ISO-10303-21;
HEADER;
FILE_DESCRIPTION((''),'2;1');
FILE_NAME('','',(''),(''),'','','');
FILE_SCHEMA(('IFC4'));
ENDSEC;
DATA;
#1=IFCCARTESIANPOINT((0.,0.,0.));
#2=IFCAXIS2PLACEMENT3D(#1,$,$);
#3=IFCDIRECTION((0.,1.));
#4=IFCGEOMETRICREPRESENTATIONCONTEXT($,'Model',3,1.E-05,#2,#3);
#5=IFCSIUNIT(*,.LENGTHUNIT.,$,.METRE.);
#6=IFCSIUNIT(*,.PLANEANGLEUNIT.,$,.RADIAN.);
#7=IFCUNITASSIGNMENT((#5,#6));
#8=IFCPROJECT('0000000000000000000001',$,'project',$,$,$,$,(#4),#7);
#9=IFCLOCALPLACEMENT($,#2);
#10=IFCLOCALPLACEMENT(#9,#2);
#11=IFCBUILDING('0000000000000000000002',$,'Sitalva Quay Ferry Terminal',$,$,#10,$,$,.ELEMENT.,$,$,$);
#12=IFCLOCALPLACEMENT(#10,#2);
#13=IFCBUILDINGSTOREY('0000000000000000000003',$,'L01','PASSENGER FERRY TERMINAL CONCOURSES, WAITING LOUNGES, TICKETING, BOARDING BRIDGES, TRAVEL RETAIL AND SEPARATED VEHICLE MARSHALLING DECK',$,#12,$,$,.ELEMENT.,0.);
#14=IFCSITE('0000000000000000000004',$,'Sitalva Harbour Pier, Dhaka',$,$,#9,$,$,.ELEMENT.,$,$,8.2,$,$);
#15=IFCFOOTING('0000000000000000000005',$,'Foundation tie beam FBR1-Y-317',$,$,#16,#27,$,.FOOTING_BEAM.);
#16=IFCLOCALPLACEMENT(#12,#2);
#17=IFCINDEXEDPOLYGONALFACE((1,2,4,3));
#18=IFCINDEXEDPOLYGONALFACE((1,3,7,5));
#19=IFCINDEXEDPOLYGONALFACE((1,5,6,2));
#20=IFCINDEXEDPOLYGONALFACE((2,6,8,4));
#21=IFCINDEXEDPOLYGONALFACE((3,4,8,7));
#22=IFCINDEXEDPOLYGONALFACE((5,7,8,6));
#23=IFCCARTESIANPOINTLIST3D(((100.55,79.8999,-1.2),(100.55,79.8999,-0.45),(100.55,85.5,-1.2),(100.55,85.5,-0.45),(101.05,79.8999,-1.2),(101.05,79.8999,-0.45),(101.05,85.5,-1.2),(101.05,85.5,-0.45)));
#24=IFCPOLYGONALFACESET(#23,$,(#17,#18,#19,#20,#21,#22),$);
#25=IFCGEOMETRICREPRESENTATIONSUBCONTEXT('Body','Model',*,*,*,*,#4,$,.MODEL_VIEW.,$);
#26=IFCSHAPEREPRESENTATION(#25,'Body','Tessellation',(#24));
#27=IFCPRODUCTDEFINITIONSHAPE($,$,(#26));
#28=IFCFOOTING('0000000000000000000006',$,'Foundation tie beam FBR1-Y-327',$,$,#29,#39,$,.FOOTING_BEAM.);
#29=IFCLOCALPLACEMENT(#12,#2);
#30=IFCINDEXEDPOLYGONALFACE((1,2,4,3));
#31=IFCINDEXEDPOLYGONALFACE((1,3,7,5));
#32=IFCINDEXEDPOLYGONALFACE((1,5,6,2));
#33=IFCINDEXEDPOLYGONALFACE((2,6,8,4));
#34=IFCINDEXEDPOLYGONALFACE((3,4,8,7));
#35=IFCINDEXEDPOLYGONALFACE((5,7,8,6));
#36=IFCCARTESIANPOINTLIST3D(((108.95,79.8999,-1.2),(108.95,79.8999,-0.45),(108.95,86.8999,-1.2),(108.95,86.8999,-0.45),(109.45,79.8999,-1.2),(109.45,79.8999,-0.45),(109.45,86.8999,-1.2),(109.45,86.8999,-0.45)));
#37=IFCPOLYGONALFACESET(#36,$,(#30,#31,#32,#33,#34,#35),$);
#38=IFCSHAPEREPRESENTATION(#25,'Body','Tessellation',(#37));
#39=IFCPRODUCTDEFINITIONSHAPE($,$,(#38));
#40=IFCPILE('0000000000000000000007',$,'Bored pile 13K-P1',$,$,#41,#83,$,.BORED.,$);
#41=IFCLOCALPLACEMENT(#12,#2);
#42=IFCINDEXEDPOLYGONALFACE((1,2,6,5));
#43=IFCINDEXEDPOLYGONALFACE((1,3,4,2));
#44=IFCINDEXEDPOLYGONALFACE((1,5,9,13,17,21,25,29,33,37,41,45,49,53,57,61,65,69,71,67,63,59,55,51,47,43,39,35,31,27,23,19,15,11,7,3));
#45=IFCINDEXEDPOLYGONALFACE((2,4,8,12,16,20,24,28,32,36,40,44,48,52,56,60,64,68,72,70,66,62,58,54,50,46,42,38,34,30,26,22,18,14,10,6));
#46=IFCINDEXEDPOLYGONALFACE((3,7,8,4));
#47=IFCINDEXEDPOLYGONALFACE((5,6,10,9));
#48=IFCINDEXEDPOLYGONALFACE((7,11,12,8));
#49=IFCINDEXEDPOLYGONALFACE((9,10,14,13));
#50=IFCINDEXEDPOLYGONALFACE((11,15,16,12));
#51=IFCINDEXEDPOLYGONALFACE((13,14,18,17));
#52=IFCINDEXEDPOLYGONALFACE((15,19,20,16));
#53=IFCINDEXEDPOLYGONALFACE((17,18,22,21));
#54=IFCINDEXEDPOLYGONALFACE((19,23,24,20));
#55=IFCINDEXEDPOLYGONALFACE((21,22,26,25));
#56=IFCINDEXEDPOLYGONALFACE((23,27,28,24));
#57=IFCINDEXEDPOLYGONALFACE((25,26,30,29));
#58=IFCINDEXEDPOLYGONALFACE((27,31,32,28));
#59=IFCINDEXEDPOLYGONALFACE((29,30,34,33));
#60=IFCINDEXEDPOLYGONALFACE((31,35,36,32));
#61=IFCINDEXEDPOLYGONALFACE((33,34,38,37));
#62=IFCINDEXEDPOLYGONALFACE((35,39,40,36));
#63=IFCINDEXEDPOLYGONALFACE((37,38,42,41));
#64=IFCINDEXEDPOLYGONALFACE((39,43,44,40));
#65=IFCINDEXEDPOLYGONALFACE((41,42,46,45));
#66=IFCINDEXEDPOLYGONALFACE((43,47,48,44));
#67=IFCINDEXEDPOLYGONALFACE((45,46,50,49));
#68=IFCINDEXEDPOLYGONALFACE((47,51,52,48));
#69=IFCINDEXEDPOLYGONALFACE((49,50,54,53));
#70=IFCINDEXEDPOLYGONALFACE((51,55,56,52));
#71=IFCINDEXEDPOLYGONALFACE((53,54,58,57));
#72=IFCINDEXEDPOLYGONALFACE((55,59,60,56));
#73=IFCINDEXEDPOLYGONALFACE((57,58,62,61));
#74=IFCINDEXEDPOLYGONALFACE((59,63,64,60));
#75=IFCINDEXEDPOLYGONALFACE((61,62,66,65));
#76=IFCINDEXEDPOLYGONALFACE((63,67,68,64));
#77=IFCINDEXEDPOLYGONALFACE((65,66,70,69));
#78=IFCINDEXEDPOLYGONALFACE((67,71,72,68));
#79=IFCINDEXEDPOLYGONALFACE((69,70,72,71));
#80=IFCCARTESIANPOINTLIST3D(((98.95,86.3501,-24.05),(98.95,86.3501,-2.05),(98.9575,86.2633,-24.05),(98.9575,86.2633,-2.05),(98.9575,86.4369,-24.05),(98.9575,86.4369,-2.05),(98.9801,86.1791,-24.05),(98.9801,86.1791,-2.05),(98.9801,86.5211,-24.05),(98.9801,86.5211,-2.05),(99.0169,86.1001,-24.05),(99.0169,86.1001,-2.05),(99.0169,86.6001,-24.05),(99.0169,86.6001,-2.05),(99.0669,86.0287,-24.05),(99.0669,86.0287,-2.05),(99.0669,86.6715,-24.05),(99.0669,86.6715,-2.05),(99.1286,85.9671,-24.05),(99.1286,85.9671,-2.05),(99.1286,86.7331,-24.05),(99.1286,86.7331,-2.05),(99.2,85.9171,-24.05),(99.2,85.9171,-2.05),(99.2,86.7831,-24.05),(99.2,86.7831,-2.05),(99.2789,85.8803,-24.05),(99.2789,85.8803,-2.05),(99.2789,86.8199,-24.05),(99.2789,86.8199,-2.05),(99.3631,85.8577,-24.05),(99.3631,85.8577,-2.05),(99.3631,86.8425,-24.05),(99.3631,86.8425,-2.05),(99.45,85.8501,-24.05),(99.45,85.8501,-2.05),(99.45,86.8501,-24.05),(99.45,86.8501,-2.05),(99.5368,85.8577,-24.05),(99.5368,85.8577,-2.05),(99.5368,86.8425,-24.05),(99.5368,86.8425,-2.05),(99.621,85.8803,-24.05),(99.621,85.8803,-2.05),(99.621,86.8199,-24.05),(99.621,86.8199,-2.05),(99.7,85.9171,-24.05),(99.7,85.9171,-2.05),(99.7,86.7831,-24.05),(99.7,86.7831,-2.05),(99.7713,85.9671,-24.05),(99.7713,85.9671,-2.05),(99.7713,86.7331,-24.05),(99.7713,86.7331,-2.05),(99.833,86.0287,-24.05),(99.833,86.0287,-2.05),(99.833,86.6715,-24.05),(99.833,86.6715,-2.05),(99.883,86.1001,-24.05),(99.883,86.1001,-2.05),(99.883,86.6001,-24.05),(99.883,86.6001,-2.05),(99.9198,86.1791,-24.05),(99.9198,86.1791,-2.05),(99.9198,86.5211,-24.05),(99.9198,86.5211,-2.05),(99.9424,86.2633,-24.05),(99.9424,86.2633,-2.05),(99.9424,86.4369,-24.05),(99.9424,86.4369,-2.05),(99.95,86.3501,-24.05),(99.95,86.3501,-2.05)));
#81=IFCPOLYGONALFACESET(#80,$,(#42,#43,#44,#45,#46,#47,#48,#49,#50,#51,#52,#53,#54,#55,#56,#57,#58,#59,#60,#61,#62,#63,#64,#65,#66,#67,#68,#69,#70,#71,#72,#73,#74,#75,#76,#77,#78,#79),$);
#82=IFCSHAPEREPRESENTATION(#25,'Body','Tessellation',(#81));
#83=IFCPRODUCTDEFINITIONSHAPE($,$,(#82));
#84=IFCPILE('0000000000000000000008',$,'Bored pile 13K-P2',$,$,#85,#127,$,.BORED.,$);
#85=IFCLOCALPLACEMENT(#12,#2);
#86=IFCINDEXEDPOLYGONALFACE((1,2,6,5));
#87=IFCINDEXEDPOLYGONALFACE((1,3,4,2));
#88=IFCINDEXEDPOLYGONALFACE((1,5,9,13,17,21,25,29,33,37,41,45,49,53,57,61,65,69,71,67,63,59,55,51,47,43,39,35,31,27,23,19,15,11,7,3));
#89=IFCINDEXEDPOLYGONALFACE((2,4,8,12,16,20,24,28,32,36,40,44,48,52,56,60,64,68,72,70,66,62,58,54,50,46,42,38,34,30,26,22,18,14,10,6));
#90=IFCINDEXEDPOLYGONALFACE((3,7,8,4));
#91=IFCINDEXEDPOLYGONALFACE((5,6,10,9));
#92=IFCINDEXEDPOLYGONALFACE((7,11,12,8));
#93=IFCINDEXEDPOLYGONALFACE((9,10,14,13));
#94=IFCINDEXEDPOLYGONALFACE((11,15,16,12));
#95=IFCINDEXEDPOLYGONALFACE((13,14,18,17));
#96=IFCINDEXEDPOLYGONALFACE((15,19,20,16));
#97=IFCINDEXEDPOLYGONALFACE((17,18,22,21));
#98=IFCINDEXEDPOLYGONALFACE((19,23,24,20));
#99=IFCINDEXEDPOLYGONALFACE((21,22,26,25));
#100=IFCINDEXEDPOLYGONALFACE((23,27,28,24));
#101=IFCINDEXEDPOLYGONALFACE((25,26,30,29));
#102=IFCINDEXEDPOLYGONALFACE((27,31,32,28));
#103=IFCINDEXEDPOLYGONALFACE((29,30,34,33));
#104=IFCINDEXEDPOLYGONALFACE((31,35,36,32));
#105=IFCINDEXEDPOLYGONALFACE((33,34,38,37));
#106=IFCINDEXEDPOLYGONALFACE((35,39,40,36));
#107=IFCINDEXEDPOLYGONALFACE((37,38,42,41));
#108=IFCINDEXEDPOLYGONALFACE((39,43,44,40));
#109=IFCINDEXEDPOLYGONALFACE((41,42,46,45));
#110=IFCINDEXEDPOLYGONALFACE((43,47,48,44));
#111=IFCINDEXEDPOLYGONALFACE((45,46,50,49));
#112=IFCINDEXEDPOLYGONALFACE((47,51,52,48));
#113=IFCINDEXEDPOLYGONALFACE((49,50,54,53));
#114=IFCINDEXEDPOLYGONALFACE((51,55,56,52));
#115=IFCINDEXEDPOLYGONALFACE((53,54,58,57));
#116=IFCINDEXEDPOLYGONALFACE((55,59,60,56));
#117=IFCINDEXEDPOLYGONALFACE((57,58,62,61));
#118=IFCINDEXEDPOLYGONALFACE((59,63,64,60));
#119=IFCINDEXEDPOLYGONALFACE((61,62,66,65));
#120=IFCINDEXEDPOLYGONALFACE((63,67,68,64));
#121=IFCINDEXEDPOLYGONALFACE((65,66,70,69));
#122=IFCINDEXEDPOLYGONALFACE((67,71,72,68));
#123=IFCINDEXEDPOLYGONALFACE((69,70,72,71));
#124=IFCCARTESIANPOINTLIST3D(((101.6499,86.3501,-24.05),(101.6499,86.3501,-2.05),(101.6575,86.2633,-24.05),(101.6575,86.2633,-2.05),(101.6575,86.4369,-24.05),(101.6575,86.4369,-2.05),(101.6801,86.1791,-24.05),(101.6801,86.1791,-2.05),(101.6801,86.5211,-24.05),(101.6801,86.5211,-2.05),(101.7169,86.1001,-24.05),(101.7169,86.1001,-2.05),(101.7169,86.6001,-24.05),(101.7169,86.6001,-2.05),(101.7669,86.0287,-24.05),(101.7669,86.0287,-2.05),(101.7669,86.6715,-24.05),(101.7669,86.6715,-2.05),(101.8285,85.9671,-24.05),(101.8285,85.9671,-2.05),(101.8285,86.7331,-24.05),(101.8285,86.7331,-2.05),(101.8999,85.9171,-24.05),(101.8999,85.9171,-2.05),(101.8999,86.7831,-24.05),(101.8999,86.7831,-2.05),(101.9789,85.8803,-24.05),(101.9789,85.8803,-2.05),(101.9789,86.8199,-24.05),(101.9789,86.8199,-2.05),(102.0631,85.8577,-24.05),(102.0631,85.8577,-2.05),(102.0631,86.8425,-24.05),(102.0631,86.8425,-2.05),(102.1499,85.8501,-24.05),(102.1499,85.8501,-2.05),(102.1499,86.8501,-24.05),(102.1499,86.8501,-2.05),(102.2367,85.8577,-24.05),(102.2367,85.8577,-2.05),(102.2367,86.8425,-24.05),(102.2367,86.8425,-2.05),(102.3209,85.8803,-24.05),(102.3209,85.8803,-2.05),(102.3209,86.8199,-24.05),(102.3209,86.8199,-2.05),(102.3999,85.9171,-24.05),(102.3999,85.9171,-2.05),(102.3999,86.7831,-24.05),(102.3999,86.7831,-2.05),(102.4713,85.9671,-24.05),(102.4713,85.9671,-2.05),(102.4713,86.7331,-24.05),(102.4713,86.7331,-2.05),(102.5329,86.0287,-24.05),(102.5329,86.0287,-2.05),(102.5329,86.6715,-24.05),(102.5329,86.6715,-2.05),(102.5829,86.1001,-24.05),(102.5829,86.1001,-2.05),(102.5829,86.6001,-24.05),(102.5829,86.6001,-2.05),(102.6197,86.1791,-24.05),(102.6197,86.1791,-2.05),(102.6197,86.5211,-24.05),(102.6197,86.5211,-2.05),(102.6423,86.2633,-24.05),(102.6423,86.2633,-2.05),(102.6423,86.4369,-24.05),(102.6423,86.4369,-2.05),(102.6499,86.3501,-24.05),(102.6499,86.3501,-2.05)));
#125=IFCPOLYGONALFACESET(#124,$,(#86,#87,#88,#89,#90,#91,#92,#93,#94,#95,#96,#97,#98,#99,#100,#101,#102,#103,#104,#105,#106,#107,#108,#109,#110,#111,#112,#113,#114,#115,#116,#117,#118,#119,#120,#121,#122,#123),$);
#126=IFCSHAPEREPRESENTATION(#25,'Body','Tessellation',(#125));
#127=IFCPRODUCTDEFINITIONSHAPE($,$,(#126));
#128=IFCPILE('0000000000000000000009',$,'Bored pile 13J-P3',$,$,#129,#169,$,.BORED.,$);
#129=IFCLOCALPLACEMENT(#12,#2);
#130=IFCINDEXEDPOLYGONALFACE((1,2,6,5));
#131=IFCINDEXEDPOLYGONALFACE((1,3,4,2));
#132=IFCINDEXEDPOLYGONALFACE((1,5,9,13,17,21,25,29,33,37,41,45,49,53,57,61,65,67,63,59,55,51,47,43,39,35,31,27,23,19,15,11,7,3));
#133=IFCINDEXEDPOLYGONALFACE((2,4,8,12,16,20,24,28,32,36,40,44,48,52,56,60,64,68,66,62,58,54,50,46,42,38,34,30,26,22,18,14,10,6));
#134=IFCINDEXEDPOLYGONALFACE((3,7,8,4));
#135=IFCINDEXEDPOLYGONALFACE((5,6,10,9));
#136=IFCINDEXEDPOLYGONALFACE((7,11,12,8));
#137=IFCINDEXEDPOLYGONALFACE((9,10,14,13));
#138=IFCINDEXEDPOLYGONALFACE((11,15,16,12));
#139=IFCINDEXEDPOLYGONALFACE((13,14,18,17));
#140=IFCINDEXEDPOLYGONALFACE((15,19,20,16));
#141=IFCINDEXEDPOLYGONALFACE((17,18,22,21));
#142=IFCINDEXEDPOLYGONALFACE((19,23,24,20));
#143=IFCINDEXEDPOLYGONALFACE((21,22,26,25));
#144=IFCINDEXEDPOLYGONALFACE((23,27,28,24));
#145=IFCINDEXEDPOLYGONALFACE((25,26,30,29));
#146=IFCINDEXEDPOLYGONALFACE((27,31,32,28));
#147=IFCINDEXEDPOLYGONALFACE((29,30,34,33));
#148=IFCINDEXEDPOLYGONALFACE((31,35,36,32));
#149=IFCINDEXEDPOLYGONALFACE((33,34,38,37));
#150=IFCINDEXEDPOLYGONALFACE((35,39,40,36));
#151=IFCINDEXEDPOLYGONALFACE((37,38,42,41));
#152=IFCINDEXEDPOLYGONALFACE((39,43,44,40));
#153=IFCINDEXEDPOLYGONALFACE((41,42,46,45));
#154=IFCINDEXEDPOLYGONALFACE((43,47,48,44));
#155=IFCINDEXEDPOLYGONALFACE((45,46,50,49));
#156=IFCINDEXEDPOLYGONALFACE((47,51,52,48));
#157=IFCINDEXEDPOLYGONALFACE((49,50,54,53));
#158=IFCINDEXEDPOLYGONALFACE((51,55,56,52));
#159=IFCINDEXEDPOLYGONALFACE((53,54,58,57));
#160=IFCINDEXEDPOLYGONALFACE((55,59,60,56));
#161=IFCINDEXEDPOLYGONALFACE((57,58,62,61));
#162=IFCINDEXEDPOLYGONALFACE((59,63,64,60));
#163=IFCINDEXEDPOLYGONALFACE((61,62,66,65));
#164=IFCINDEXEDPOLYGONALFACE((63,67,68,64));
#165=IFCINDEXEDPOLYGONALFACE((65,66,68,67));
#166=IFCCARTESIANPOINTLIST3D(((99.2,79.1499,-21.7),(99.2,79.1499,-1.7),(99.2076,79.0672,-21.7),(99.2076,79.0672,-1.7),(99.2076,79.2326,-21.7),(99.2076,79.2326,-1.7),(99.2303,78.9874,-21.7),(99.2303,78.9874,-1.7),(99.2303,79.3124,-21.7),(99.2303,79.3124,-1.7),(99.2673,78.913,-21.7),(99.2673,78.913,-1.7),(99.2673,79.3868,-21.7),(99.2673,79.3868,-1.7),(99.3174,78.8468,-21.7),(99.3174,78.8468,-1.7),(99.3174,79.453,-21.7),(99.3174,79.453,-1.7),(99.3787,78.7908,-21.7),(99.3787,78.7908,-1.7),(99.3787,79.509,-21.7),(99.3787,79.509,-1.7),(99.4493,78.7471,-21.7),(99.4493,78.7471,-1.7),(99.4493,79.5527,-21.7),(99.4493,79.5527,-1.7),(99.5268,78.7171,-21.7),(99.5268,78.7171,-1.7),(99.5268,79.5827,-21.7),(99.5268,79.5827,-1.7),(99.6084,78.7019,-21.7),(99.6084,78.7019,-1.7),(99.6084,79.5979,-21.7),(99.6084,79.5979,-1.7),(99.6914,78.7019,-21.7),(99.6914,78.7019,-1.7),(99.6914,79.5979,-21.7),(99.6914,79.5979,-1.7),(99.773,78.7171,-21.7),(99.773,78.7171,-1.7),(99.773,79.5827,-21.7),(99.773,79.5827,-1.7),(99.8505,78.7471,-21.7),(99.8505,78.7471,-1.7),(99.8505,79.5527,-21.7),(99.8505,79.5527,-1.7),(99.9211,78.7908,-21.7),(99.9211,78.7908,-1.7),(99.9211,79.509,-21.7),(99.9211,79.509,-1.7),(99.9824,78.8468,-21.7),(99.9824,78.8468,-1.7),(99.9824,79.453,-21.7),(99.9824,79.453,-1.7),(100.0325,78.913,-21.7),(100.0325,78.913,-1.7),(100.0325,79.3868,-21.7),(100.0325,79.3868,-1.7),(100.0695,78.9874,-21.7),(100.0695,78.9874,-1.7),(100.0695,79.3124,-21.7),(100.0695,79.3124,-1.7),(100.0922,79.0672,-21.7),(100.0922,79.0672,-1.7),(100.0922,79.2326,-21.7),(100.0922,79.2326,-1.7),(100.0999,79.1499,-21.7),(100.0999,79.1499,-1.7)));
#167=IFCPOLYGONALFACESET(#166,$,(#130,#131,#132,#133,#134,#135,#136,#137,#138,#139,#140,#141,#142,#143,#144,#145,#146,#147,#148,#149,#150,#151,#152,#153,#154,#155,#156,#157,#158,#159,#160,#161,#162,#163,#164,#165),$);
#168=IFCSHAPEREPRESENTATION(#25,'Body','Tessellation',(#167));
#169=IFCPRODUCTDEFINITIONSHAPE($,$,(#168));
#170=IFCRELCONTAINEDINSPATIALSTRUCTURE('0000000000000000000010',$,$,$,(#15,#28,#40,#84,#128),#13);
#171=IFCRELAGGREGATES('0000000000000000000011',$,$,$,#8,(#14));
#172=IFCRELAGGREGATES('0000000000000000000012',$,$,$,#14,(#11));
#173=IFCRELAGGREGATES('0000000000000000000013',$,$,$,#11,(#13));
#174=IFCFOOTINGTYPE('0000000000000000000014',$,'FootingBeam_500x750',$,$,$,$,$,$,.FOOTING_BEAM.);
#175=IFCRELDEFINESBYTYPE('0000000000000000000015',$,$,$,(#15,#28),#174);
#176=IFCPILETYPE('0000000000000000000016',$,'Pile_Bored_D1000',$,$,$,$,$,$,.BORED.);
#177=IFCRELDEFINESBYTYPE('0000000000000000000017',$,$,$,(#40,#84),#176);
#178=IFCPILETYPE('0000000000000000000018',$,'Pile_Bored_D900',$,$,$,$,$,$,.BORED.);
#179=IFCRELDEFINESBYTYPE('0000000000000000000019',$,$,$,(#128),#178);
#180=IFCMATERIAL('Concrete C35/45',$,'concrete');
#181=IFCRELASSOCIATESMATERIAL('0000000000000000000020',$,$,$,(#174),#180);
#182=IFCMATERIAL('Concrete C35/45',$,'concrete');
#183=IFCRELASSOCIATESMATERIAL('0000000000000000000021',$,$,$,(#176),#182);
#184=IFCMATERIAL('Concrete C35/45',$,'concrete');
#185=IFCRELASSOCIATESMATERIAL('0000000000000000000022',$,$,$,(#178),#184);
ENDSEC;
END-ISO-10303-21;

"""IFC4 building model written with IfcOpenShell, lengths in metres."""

from ifc_helpers import new_model, si_unit, direction, frame, origin, origin_2d, place, context, subcontext, project, spatial, rectangle, circle, extrude, material, material_profile, profile_set, type_object, element, save


model = new_model("IFC4")

# Units and contexts
model_context = context("Model", 3, precision=1e-05, world=origin(), true_north=direction((0.0, 1.0)))
body_context = subcontext(model_context, "Body", "Model", "MODEL_VIEW")
ifc_project = project(units=[si_unit("LENGTHUNIT", "METRE"), si_unit("PLANEANGLEUNIT", "RADIAN")], contexts=[model_context])

# Site, building, storey
site_placement = place(None, origin())
site = spatial("IfcSite", under=ifc_project, at=site_placement, Name="Sitalva Harbour Pier, Dhaka", CompositionType="ELEMENT", RefElevation=8.2)
building_placement = place(site_placement, origin())
building = spatial("IfcBuilding", under=site, at=building_placement, Name="Sitalva Quay Ferry Terminal", CompositionType="ELEMENT")
storey_placement = place(building_placement, origin())
storey = spatial("IfcBuildingStorey", under=building, at=storey_placement, Name="L01", Description="PASSENGER FERRY TERMINAL CONCOURSES, WAITING LOUNGES, TICKETING, BOARDING BRIDGES, TRAVEL RETAIL AND SEPARATED VEHICLE MARSHALLING DECK", CompositionType="ELEMENT", Elevation=0.0)

# Footings
ifc_material_1 = material(Name="Concrete C35/45", Category="concrete")
ifc_material_profile_1 = material_profile(ifc_material_1, rectangle(XDim=0.5, YDim=0.75, at=origin_2d()), Name="RC500x750")
ifc_profile_set_1 = profile_set([ifc_material_profile_1], Name="Concrete C35/45")
footing_type_1 = type_object("IfcFootingType", Name="FootingBeam_500x750", PredefinedType="FOOTING_BEAM", material=ifc_profile_set_1)
footing_1_placement = place(storey_placement, frame((100.8, 79.8999, -0.825), z_axis=(0.0, 1.0, 0.0), x_axis=(-1.0, 0.0, 0.0)))
element("IfcFooting", 1, at=footing_1_placement, inside=storey, type_object=footing_type_1, Name="Foundation tie beam FBR1-Y-317", PredefinedType="FOOTING_BEAM", context=body_context, shape_type="SweptSolid", body=[
    extrude(rectangle(XDim=0.5, YDim=0.75, at=origin_2d()), origin(), (0.0, 0.0, 1.0), 5.6001),
])
footing_2_placement = place(storey_placement, frame((109.2, 79.8999, -0.825), z_axis=(0.0, 1.0, 0.0), x_axis=(-1.0, 0.0, 0.0)))
element("IfcFooting", 2, at=footing_2_placement, inside=storey, type_object=footing_type_1, Name="Foundation tie beam FBR1-Y-327", PredefinedType="FOOTING_BEAM", context=body_context, shape_type="SweptSolid", body=[
    extrude(rectangle(XDim=0.5, YDim=0.75, at=origin_2d()), origin(), (0.0, 0.0, 1.0), 7.0),
])

# Piles
ifc_material_2 = material(Name="Concrete C35/45", Category="concrete")
ifc_material_profile_2 = material_profile(ifc_material_2, circle(Radius=0.5, at=origin_2d()), Name="PILE-D1000")
ifc_profile_set_2 = profile_set([ifc_material_profile_2], Name="Concrete C35/45")
pile_type_1 = type_object("IfcPileType", Name="Pile_Bored_D1000", PredefinedType="BORED", material=ifc_profile_set_2)
for number, where, z_axis, x_axis, name in (
    (3, (99.45, 86.3501, -2.05), (0.0, 0.0, -1.0), (1.0, 0.0, 0.0), "Bored pile 13K-P1"),
    (4, (102.1499, 86.3501, -2.05), (0.0, 0.0, -1.0), (1.0, 0.0, 0.0), "Bored pile 13K-P2"),
):
    element("IfcPile", number, at=place(storey_placement, frame(where, z_axis=z_axis, x_axis=x_axis)), inside=storey, type_object=pile_type_1, Name=name, PredefinedType="BORED", context=body_context, shape_type="SweptSolid", body=[
        extrude(circle(Radius=0.5, at=origin_2d()), origin(), (0.0, 0.0, 1.0), 22.0),
    ])
ifc_material_3 = material(Name="Concrete C35/45", Category="concrete")
ifc_material_profile_3 = material_profile(ifc_material_3, circle(Radius=0.45, at=origin_2d()), Name="PILE-D900")
ifc_profile_set_3 = profile_set([ifc_material_profile_3], Name="Concrete C35/45")
pile_type_2 = type_object("IfcPileType", Name="Pile_Bored_D900", PredefinedType="BORED", material=ifc_profile_set_3)
for number, where, z_axis, x_axis, name in (
    (5, (99.6499, 79.1499, -1.7), (0.0, 0.0, -1.0), (1.0, 0.0, 0.0), "Bored pile 13J-P3"),
):
    element("IfcPile", number, at=place(storey_placement, frame(where, z_axis=z_axis, x_axis=x_axis)), inside=storey, type_object=pile_type_2, Name=name, PredefinedType="BORED", context=body_context, shape_type="SweptSolid", body=[
        extrude(circle(Radius=0.45, at=origin_2d()), origin(), (0.0, 0.0, 1.0), 20.0),
    ])

save(model, "model.ifc")
